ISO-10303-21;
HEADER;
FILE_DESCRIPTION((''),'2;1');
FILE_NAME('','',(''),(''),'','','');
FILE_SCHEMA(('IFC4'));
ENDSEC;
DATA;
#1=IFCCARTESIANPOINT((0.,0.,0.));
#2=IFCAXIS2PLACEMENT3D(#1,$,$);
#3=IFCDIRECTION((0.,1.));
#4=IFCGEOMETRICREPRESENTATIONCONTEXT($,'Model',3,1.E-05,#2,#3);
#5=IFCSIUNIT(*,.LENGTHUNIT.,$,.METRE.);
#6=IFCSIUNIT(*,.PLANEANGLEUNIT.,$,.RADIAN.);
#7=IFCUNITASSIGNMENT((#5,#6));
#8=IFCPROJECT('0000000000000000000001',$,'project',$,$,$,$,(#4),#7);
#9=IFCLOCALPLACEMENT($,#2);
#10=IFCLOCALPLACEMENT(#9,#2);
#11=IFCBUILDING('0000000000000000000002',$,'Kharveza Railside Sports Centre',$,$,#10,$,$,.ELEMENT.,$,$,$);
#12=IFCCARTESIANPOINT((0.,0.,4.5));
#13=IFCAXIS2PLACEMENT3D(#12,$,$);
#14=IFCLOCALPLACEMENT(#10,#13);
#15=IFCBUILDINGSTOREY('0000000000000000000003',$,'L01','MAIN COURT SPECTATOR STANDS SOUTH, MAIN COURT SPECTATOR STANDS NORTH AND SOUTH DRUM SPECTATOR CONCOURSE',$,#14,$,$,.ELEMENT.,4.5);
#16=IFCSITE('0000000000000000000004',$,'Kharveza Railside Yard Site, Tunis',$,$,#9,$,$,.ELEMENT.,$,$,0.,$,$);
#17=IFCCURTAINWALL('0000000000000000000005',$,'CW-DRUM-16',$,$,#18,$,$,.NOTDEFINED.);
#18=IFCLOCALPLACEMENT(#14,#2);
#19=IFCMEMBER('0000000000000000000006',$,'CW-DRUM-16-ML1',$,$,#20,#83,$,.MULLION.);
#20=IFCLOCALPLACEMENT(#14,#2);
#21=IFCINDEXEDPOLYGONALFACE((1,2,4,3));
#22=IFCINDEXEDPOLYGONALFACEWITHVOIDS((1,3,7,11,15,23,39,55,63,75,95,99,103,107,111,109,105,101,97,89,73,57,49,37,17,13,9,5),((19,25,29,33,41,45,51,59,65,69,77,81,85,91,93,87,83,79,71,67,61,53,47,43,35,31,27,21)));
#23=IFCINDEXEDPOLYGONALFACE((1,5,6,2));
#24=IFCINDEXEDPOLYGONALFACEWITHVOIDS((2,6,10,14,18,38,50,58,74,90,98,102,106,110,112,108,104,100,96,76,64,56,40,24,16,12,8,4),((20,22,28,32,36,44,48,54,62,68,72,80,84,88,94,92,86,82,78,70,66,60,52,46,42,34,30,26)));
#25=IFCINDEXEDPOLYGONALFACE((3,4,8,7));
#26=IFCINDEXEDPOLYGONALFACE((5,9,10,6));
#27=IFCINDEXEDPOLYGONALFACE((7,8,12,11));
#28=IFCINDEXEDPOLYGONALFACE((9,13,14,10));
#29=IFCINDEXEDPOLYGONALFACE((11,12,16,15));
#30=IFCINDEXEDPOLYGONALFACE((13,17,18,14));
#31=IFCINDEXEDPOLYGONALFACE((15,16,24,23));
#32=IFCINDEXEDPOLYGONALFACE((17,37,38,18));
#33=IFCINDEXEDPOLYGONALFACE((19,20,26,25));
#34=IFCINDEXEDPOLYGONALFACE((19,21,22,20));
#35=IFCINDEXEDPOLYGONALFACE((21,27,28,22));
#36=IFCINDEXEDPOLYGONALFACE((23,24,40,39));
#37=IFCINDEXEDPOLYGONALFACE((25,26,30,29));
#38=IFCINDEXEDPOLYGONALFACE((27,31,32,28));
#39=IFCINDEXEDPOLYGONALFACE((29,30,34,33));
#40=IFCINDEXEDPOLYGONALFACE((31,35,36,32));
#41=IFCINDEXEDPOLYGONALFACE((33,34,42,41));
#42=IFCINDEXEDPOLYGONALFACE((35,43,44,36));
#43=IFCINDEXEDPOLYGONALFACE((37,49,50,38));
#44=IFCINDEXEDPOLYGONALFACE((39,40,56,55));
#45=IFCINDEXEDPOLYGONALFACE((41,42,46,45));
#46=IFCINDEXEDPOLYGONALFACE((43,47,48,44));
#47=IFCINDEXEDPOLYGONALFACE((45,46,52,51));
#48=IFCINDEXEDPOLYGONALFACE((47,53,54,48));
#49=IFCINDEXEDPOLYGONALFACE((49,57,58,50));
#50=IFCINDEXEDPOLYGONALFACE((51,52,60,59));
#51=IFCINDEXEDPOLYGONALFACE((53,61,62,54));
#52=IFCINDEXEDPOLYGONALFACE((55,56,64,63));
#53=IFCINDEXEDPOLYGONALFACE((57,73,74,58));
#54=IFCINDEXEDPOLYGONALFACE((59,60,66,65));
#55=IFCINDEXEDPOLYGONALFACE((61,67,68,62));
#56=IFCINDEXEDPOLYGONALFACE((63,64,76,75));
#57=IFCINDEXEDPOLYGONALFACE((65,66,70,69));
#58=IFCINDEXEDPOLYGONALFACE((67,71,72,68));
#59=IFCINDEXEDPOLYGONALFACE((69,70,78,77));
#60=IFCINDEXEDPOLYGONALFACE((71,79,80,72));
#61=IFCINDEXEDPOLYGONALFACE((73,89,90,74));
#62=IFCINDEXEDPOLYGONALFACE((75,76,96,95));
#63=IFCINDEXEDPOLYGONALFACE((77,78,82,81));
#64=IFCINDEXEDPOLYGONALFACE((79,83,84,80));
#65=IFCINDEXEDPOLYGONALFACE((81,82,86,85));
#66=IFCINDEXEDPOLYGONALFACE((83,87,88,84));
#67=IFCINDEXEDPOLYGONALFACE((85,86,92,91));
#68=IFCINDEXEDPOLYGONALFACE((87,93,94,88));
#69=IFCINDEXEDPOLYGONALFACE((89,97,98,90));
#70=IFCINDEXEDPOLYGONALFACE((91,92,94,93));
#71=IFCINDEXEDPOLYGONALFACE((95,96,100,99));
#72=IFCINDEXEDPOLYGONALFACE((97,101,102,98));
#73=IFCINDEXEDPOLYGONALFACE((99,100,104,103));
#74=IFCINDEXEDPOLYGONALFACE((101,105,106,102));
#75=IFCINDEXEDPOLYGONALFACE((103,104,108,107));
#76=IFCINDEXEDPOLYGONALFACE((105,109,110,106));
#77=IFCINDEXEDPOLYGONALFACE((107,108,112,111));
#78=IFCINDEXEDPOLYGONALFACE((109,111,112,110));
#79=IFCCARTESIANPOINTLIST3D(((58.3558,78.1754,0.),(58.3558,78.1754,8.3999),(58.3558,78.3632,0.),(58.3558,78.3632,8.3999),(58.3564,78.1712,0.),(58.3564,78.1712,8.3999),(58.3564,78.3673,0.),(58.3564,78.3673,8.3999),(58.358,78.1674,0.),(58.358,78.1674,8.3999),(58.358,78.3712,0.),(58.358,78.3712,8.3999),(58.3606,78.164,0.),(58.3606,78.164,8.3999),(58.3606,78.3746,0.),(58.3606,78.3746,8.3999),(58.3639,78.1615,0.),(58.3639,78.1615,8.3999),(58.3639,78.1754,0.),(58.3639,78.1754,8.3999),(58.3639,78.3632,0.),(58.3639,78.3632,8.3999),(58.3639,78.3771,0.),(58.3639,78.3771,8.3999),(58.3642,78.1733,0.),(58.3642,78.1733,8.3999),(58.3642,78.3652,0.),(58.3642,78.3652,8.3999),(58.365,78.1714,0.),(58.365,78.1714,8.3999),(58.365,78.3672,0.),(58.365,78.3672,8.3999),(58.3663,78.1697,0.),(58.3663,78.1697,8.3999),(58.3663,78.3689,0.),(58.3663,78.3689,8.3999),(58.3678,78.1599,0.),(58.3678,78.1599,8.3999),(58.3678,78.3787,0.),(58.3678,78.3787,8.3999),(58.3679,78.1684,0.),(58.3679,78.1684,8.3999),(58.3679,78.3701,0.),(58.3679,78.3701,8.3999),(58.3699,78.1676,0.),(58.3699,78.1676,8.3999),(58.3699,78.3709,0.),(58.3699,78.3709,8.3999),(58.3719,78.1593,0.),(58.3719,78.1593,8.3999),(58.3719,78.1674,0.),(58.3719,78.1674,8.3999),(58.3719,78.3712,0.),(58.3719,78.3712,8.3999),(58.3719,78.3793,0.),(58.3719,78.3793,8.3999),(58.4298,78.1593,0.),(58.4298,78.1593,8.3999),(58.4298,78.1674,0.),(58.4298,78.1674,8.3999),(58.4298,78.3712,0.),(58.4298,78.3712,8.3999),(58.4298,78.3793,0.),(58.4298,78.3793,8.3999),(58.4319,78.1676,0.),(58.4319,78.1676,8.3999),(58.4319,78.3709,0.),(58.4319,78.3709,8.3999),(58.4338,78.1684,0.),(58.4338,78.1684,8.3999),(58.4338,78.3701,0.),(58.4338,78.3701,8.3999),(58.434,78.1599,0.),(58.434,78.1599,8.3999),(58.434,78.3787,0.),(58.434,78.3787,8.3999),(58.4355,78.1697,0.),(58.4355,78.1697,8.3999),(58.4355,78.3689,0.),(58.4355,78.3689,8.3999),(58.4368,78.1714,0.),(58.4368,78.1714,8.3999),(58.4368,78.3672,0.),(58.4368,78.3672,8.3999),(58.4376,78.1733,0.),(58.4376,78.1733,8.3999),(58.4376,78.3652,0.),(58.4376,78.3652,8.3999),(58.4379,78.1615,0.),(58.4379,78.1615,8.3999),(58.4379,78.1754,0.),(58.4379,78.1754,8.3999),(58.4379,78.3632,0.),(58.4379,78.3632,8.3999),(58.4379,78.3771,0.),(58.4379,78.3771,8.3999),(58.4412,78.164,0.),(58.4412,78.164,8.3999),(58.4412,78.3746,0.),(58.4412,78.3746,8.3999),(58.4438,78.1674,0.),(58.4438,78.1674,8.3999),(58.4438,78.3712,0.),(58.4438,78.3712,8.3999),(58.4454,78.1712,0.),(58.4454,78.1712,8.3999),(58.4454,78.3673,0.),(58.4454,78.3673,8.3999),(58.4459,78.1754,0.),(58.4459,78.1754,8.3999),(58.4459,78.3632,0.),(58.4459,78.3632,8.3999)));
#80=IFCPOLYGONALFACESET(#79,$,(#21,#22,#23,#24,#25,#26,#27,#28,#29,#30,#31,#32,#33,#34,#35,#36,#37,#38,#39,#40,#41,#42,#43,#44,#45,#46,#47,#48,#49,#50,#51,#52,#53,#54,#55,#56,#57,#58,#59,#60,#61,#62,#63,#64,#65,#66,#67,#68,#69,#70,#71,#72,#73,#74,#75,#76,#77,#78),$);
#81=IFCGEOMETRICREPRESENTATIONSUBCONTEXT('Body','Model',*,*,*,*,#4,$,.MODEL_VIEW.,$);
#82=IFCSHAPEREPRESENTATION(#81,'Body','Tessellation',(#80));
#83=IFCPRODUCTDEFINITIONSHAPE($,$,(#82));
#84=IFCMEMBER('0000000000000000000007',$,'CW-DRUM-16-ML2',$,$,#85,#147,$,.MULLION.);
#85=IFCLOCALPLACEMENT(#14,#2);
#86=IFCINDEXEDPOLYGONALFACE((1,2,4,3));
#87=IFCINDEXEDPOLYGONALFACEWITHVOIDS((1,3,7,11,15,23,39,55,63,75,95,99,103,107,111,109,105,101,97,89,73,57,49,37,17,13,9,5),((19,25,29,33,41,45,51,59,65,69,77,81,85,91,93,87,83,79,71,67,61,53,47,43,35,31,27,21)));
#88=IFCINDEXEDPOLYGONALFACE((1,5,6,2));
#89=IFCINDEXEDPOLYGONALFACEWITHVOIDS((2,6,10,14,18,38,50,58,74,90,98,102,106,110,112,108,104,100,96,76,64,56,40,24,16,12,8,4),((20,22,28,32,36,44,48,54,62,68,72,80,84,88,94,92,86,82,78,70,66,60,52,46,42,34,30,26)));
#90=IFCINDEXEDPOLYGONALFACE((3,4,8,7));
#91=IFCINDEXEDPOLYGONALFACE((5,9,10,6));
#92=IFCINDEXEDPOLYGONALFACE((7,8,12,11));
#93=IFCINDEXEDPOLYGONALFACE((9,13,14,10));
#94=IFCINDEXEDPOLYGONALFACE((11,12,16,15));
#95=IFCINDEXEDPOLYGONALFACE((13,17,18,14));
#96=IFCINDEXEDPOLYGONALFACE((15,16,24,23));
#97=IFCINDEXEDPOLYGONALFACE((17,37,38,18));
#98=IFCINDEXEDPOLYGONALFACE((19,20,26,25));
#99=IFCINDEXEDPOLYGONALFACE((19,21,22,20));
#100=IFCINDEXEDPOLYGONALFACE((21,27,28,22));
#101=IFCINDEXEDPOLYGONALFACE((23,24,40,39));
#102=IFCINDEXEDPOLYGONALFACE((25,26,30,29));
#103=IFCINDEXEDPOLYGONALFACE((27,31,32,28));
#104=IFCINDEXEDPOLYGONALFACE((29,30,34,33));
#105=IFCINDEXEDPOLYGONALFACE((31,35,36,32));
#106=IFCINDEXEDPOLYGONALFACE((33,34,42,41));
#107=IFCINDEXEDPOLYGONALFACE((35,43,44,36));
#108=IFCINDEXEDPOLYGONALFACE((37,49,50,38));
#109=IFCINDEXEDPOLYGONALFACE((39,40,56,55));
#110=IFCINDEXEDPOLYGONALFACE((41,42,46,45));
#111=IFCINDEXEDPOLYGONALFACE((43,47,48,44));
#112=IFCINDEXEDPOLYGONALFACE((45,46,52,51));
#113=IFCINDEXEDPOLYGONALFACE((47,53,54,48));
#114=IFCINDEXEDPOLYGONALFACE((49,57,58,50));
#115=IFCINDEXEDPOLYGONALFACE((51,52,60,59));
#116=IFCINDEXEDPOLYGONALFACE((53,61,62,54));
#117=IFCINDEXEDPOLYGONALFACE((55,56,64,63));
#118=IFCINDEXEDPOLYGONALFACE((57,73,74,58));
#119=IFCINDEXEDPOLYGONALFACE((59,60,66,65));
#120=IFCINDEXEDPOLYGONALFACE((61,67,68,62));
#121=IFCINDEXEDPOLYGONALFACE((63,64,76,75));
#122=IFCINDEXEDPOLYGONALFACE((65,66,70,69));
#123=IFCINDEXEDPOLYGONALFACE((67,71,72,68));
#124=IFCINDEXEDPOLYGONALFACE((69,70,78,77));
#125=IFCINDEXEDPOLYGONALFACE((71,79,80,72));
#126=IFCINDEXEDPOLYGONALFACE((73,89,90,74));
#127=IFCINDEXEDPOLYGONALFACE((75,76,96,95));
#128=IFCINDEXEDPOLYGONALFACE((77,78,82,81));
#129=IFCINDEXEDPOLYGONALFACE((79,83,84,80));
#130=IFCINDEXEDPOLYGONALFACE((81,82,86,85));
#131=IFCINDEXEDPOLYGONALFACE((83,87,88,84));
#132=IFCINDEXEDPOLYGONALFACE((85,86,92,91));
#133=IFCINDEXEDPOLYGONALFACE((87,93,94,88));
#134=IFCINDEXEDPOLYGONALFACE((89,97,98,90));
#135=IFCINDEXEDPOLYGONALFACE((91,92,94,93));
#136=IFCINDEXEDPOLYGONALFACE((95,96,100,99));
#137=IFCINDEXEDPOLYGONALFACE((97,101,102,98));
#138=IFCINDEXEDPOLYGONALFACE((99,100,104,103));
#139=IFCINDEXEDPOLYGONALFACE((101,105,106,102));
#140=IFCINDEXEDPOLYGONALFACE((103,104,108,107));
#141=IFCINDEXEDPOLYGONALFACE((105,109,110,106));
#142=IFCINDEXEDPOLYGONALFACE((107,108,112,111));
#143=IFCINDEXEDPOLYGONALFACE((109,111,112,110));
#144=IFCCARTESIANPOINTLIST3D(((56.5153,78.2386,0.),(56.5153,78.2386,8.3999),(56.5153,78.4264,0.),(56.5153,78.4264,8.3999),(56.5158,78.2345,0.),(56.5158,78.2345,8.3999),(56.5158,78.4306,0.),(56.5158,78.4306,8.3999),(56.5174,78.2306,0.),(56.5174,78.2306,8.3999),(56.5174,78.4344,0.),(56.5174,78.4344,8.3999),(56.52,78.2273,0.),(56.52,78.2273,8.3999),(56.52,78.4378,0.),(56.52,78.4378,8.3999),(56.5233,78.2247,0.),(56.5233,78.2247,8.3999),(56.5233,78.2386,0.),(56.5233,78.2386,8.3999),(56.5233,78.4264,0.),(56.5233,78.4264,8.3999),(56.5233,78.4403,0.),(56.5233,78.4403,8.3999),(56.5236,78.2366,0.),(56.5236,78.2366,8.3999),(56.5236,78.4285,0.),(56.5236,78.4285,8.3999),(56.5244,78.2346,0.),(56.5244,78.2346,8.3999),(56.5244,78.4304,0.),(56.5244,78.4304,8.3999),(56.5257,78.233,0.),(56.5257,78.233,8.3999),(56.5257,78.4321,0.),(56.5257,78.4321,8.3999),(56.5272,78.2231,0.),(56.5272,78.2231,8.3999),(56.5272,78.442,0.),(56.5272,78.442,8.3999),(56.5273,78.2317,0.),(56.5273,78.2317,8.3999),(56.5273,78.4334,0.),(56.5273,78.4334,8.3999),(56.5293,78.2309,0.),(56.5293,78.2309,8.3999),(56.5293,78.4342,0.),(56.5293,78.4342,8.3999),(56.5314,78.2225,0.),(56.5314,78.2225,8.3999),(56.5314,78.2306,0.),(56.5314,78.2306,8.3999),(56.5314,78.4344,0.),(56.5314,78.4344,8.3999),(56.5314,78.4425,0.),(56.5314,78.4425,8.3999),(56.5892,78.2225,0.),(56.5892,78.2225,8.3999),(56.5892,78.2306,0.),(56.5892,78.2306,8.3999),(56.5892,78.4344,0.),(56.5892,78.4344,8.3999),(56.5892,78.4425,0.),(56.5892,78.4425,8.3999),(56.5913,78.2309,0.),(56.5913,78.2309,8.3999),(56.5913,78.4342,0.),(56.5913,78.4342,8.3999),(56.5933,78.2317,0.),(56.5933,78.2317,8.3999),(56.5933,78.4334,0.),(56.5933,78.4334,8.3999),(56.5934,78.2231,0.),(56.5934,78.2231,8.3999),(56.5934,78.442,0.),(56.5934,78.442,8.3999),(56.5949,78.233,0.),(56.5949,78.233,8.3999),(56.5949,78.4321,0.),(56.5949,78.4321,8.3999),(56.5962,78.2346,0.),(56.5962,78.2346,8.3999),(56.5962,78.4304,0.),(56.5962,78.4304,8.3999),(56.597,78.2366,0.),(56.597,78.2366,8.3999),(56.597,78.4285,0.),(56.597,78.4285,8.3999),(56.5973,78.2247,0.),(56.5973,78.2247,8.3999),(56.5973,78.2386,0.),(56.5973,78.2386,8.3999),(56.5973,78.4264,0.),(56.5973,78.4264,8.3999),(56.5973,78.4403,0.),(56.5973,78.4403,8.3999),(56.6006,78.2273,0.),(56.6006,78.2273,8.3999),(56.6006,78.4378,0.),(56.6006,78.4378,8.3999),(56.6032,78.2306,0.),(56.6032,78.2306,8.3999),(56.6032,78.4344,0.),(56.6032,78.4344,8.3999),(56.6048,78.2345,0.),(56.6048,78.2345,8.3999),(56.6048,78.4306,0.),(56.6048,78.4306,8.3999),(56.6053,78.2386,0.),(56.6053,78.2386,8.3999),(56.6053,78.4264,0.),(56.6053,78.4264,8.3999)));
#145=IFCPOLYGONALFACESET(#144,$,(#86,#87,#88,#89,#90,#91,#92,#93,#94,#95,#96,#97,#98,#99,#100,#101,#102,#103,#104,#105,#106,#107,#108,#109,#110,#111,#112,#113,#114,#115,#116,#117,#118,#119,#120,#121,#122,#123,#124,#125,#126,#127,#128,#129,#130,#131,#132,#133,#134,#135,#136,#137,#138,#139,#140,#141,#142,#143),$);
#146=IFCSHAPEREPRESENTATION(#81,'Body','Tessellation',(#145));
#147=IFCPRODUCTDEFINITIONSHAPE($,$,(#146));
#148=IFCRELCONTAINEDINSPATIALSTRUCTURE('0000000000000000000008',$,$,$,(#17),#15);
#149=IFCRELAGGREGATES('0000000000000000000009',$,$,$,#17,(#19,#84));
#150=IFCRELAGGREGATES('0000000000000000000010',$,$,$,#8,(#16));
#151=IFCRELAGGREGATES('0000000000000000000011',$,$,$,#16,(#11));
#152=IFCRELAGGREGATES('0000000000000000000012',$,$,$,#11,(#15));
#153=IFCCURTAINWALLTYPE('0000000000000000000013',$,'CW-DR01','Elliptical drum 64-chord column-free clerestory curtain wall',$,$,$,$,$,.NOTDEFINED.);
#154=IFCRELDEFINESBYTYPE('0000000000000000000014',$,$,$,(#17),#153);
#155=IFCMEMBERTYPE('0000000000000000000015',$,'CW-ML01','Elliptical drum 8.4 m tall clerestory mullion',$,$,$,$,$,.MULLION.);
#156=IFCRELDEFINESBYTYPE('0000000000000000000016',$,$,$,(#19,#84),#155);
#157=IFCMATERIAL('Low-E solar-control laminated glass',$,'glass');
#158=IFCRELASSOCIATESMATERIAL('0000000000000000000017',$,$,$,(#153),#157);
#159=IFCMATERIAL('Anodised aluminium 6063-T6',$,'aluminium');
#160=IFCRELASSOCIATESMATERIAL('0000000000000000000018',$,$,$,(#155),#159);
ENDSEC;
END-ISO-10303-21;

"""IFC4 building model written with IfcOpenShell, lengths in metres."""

from ifc_helpers import new_model, si_unit, direction, frame, origin, origin_2d, place, context, subcontext, project, spatial, hollow_rectangle, extrude, material, material_profile, profile_set, type_object, element, aggregate, save


model = new_model("IFC4")

# Units and contexts
model_context = context("Model", 3, precision=1e-05, world=origin(), true_north=direction((0.0, 1.0)))
body_context = subcontext(model_context, "Body", "Model", "MODEL_VIEW")
ifc_project = project(units=[si_unit("LENGTHUNIT", "METRE"), si_unit("PLANEANGLEUNIT", "RADIAN")], contexts=[model_context])

# Site, building, storey
site_placement = place(None, origin())
site = spatial("IfcSite", under=ifc_project, at=site_placement, Name="Kharveza Railside Yard Site, Tunis", CompositionType="ELEMENT", RefElevation=0.0)
building_placement = place(site_placement, origin())
building = spatial("IfcBuilding", under=site, at=building_placement, Name="Kharveza Railside Sports Centre", CompositionType="ELEMENT")
storey_placement = place(building_placement, frame((0.0, 0.0, 4.5)))
storey = spatial("IfcBuildingStorey", under=building, at=storey_placement, Name="L01", Description="MAIN COURT SPECTATOR STANDS SOUTH, MAIN COURT SPECTATOR STANDS NORTH AND SOUTH DRUM SPECTATOR CONCOURSE", CompositionType="ELEMENT", Elevation=4.5)

# Curtain wall, members
ifc_material_1 = material(Name="Low-E solar-control laminated glass", Category="glass")
curtain_wall_type = type_object("IfcCurtainWallType", Name="CW-DR01", Description="Elliptical drum 64-chord column-free clerestory curtain wall", PredefinedType="NOTDEFINED", material=ifc_material_1)
ifc_material_2 = material(Name="Anodised aluminium 6063-T6", Category="aluminium")
ifc_material_profile_1 = material_profile(ifc_material_2, hollow_rectangle(XDim=0.0901, YDim=0.22, WallThickness=0.0081, InnerFilletRadius=0.0081, OuterFilletRadius=0.0161, at=origin_2d()), Name="RHS 90x220x8.0")
ifc_profile_set_1 = profile_set([ifc_material_profile_1], Name="Anodised aluminium 6063-T6")
member_type_1 = type_object("IfcMemberType", Name="CW-ML01", Description="Elliptical drum 8.4 m tall clerestory mullion", PredefinedType="MULLION", material=ifc_profile_set_1)
curtain_wall_1_placement = place(storey_placement, origin())
curtain_wall_1 = element("IfcCurtainWall", 1, at=curtain_wall_1_placement, inside=storey, type_object=curtain_wall_type, Name="CW-DRUM-16", PredefinedType="NOTDEFINED")
member_1_placement = place(storey_placement, frame((58.4009, 78.2693, 0.0), z_axis=(0.0, 0.0, 1.0), x_axis=(1.0, 0.0, 0.0)))
member_1 = element("IfcMember", 2, at=member_1_placement, type_object=member_type_1, Name="CW-DRUM-16-ML1", PredefinedType="MULLION", context=body_context, shape_type="SweptSolid", body=[
    extrude(hollow_rectangle(XDim=0.0901, YDim=0.22, WallThickness=0.0081, InnerFilletRadius=0.0081, OuterFilletRadius=0.0161, at=origin_2d()), origin(), (0.0, 0.0, 1.0), 8.3999),
])
member_2_placement = place(storey_placement, frame((56.5603, 78.3325, 0.0), z_axis=(0.0, 0.0, 1.0), x_axis=(1.0, 0.0, 0.0)))
member_2 = element("IfcMember", 3, at=member_2_placement, type_object=member_type_1, Name="CW-DRUM-16-ML2", PredefinedType="MULLION", context=body_context, shape_type="SweptSolid", body=[
    extrude(hollow_rectangle(XDim=0.0901, YDim=0.22, WallThickness=0.0081, InnerFilletRadius=0.0081, OuterFilletRadius=0.0161, at=origin_2d()), origin(), (0.0, 0.0, 1.0), 8.3999),
])

aggregate(curtain_wall_1, [member_1, member_2])

save(model, "model.ifc")
